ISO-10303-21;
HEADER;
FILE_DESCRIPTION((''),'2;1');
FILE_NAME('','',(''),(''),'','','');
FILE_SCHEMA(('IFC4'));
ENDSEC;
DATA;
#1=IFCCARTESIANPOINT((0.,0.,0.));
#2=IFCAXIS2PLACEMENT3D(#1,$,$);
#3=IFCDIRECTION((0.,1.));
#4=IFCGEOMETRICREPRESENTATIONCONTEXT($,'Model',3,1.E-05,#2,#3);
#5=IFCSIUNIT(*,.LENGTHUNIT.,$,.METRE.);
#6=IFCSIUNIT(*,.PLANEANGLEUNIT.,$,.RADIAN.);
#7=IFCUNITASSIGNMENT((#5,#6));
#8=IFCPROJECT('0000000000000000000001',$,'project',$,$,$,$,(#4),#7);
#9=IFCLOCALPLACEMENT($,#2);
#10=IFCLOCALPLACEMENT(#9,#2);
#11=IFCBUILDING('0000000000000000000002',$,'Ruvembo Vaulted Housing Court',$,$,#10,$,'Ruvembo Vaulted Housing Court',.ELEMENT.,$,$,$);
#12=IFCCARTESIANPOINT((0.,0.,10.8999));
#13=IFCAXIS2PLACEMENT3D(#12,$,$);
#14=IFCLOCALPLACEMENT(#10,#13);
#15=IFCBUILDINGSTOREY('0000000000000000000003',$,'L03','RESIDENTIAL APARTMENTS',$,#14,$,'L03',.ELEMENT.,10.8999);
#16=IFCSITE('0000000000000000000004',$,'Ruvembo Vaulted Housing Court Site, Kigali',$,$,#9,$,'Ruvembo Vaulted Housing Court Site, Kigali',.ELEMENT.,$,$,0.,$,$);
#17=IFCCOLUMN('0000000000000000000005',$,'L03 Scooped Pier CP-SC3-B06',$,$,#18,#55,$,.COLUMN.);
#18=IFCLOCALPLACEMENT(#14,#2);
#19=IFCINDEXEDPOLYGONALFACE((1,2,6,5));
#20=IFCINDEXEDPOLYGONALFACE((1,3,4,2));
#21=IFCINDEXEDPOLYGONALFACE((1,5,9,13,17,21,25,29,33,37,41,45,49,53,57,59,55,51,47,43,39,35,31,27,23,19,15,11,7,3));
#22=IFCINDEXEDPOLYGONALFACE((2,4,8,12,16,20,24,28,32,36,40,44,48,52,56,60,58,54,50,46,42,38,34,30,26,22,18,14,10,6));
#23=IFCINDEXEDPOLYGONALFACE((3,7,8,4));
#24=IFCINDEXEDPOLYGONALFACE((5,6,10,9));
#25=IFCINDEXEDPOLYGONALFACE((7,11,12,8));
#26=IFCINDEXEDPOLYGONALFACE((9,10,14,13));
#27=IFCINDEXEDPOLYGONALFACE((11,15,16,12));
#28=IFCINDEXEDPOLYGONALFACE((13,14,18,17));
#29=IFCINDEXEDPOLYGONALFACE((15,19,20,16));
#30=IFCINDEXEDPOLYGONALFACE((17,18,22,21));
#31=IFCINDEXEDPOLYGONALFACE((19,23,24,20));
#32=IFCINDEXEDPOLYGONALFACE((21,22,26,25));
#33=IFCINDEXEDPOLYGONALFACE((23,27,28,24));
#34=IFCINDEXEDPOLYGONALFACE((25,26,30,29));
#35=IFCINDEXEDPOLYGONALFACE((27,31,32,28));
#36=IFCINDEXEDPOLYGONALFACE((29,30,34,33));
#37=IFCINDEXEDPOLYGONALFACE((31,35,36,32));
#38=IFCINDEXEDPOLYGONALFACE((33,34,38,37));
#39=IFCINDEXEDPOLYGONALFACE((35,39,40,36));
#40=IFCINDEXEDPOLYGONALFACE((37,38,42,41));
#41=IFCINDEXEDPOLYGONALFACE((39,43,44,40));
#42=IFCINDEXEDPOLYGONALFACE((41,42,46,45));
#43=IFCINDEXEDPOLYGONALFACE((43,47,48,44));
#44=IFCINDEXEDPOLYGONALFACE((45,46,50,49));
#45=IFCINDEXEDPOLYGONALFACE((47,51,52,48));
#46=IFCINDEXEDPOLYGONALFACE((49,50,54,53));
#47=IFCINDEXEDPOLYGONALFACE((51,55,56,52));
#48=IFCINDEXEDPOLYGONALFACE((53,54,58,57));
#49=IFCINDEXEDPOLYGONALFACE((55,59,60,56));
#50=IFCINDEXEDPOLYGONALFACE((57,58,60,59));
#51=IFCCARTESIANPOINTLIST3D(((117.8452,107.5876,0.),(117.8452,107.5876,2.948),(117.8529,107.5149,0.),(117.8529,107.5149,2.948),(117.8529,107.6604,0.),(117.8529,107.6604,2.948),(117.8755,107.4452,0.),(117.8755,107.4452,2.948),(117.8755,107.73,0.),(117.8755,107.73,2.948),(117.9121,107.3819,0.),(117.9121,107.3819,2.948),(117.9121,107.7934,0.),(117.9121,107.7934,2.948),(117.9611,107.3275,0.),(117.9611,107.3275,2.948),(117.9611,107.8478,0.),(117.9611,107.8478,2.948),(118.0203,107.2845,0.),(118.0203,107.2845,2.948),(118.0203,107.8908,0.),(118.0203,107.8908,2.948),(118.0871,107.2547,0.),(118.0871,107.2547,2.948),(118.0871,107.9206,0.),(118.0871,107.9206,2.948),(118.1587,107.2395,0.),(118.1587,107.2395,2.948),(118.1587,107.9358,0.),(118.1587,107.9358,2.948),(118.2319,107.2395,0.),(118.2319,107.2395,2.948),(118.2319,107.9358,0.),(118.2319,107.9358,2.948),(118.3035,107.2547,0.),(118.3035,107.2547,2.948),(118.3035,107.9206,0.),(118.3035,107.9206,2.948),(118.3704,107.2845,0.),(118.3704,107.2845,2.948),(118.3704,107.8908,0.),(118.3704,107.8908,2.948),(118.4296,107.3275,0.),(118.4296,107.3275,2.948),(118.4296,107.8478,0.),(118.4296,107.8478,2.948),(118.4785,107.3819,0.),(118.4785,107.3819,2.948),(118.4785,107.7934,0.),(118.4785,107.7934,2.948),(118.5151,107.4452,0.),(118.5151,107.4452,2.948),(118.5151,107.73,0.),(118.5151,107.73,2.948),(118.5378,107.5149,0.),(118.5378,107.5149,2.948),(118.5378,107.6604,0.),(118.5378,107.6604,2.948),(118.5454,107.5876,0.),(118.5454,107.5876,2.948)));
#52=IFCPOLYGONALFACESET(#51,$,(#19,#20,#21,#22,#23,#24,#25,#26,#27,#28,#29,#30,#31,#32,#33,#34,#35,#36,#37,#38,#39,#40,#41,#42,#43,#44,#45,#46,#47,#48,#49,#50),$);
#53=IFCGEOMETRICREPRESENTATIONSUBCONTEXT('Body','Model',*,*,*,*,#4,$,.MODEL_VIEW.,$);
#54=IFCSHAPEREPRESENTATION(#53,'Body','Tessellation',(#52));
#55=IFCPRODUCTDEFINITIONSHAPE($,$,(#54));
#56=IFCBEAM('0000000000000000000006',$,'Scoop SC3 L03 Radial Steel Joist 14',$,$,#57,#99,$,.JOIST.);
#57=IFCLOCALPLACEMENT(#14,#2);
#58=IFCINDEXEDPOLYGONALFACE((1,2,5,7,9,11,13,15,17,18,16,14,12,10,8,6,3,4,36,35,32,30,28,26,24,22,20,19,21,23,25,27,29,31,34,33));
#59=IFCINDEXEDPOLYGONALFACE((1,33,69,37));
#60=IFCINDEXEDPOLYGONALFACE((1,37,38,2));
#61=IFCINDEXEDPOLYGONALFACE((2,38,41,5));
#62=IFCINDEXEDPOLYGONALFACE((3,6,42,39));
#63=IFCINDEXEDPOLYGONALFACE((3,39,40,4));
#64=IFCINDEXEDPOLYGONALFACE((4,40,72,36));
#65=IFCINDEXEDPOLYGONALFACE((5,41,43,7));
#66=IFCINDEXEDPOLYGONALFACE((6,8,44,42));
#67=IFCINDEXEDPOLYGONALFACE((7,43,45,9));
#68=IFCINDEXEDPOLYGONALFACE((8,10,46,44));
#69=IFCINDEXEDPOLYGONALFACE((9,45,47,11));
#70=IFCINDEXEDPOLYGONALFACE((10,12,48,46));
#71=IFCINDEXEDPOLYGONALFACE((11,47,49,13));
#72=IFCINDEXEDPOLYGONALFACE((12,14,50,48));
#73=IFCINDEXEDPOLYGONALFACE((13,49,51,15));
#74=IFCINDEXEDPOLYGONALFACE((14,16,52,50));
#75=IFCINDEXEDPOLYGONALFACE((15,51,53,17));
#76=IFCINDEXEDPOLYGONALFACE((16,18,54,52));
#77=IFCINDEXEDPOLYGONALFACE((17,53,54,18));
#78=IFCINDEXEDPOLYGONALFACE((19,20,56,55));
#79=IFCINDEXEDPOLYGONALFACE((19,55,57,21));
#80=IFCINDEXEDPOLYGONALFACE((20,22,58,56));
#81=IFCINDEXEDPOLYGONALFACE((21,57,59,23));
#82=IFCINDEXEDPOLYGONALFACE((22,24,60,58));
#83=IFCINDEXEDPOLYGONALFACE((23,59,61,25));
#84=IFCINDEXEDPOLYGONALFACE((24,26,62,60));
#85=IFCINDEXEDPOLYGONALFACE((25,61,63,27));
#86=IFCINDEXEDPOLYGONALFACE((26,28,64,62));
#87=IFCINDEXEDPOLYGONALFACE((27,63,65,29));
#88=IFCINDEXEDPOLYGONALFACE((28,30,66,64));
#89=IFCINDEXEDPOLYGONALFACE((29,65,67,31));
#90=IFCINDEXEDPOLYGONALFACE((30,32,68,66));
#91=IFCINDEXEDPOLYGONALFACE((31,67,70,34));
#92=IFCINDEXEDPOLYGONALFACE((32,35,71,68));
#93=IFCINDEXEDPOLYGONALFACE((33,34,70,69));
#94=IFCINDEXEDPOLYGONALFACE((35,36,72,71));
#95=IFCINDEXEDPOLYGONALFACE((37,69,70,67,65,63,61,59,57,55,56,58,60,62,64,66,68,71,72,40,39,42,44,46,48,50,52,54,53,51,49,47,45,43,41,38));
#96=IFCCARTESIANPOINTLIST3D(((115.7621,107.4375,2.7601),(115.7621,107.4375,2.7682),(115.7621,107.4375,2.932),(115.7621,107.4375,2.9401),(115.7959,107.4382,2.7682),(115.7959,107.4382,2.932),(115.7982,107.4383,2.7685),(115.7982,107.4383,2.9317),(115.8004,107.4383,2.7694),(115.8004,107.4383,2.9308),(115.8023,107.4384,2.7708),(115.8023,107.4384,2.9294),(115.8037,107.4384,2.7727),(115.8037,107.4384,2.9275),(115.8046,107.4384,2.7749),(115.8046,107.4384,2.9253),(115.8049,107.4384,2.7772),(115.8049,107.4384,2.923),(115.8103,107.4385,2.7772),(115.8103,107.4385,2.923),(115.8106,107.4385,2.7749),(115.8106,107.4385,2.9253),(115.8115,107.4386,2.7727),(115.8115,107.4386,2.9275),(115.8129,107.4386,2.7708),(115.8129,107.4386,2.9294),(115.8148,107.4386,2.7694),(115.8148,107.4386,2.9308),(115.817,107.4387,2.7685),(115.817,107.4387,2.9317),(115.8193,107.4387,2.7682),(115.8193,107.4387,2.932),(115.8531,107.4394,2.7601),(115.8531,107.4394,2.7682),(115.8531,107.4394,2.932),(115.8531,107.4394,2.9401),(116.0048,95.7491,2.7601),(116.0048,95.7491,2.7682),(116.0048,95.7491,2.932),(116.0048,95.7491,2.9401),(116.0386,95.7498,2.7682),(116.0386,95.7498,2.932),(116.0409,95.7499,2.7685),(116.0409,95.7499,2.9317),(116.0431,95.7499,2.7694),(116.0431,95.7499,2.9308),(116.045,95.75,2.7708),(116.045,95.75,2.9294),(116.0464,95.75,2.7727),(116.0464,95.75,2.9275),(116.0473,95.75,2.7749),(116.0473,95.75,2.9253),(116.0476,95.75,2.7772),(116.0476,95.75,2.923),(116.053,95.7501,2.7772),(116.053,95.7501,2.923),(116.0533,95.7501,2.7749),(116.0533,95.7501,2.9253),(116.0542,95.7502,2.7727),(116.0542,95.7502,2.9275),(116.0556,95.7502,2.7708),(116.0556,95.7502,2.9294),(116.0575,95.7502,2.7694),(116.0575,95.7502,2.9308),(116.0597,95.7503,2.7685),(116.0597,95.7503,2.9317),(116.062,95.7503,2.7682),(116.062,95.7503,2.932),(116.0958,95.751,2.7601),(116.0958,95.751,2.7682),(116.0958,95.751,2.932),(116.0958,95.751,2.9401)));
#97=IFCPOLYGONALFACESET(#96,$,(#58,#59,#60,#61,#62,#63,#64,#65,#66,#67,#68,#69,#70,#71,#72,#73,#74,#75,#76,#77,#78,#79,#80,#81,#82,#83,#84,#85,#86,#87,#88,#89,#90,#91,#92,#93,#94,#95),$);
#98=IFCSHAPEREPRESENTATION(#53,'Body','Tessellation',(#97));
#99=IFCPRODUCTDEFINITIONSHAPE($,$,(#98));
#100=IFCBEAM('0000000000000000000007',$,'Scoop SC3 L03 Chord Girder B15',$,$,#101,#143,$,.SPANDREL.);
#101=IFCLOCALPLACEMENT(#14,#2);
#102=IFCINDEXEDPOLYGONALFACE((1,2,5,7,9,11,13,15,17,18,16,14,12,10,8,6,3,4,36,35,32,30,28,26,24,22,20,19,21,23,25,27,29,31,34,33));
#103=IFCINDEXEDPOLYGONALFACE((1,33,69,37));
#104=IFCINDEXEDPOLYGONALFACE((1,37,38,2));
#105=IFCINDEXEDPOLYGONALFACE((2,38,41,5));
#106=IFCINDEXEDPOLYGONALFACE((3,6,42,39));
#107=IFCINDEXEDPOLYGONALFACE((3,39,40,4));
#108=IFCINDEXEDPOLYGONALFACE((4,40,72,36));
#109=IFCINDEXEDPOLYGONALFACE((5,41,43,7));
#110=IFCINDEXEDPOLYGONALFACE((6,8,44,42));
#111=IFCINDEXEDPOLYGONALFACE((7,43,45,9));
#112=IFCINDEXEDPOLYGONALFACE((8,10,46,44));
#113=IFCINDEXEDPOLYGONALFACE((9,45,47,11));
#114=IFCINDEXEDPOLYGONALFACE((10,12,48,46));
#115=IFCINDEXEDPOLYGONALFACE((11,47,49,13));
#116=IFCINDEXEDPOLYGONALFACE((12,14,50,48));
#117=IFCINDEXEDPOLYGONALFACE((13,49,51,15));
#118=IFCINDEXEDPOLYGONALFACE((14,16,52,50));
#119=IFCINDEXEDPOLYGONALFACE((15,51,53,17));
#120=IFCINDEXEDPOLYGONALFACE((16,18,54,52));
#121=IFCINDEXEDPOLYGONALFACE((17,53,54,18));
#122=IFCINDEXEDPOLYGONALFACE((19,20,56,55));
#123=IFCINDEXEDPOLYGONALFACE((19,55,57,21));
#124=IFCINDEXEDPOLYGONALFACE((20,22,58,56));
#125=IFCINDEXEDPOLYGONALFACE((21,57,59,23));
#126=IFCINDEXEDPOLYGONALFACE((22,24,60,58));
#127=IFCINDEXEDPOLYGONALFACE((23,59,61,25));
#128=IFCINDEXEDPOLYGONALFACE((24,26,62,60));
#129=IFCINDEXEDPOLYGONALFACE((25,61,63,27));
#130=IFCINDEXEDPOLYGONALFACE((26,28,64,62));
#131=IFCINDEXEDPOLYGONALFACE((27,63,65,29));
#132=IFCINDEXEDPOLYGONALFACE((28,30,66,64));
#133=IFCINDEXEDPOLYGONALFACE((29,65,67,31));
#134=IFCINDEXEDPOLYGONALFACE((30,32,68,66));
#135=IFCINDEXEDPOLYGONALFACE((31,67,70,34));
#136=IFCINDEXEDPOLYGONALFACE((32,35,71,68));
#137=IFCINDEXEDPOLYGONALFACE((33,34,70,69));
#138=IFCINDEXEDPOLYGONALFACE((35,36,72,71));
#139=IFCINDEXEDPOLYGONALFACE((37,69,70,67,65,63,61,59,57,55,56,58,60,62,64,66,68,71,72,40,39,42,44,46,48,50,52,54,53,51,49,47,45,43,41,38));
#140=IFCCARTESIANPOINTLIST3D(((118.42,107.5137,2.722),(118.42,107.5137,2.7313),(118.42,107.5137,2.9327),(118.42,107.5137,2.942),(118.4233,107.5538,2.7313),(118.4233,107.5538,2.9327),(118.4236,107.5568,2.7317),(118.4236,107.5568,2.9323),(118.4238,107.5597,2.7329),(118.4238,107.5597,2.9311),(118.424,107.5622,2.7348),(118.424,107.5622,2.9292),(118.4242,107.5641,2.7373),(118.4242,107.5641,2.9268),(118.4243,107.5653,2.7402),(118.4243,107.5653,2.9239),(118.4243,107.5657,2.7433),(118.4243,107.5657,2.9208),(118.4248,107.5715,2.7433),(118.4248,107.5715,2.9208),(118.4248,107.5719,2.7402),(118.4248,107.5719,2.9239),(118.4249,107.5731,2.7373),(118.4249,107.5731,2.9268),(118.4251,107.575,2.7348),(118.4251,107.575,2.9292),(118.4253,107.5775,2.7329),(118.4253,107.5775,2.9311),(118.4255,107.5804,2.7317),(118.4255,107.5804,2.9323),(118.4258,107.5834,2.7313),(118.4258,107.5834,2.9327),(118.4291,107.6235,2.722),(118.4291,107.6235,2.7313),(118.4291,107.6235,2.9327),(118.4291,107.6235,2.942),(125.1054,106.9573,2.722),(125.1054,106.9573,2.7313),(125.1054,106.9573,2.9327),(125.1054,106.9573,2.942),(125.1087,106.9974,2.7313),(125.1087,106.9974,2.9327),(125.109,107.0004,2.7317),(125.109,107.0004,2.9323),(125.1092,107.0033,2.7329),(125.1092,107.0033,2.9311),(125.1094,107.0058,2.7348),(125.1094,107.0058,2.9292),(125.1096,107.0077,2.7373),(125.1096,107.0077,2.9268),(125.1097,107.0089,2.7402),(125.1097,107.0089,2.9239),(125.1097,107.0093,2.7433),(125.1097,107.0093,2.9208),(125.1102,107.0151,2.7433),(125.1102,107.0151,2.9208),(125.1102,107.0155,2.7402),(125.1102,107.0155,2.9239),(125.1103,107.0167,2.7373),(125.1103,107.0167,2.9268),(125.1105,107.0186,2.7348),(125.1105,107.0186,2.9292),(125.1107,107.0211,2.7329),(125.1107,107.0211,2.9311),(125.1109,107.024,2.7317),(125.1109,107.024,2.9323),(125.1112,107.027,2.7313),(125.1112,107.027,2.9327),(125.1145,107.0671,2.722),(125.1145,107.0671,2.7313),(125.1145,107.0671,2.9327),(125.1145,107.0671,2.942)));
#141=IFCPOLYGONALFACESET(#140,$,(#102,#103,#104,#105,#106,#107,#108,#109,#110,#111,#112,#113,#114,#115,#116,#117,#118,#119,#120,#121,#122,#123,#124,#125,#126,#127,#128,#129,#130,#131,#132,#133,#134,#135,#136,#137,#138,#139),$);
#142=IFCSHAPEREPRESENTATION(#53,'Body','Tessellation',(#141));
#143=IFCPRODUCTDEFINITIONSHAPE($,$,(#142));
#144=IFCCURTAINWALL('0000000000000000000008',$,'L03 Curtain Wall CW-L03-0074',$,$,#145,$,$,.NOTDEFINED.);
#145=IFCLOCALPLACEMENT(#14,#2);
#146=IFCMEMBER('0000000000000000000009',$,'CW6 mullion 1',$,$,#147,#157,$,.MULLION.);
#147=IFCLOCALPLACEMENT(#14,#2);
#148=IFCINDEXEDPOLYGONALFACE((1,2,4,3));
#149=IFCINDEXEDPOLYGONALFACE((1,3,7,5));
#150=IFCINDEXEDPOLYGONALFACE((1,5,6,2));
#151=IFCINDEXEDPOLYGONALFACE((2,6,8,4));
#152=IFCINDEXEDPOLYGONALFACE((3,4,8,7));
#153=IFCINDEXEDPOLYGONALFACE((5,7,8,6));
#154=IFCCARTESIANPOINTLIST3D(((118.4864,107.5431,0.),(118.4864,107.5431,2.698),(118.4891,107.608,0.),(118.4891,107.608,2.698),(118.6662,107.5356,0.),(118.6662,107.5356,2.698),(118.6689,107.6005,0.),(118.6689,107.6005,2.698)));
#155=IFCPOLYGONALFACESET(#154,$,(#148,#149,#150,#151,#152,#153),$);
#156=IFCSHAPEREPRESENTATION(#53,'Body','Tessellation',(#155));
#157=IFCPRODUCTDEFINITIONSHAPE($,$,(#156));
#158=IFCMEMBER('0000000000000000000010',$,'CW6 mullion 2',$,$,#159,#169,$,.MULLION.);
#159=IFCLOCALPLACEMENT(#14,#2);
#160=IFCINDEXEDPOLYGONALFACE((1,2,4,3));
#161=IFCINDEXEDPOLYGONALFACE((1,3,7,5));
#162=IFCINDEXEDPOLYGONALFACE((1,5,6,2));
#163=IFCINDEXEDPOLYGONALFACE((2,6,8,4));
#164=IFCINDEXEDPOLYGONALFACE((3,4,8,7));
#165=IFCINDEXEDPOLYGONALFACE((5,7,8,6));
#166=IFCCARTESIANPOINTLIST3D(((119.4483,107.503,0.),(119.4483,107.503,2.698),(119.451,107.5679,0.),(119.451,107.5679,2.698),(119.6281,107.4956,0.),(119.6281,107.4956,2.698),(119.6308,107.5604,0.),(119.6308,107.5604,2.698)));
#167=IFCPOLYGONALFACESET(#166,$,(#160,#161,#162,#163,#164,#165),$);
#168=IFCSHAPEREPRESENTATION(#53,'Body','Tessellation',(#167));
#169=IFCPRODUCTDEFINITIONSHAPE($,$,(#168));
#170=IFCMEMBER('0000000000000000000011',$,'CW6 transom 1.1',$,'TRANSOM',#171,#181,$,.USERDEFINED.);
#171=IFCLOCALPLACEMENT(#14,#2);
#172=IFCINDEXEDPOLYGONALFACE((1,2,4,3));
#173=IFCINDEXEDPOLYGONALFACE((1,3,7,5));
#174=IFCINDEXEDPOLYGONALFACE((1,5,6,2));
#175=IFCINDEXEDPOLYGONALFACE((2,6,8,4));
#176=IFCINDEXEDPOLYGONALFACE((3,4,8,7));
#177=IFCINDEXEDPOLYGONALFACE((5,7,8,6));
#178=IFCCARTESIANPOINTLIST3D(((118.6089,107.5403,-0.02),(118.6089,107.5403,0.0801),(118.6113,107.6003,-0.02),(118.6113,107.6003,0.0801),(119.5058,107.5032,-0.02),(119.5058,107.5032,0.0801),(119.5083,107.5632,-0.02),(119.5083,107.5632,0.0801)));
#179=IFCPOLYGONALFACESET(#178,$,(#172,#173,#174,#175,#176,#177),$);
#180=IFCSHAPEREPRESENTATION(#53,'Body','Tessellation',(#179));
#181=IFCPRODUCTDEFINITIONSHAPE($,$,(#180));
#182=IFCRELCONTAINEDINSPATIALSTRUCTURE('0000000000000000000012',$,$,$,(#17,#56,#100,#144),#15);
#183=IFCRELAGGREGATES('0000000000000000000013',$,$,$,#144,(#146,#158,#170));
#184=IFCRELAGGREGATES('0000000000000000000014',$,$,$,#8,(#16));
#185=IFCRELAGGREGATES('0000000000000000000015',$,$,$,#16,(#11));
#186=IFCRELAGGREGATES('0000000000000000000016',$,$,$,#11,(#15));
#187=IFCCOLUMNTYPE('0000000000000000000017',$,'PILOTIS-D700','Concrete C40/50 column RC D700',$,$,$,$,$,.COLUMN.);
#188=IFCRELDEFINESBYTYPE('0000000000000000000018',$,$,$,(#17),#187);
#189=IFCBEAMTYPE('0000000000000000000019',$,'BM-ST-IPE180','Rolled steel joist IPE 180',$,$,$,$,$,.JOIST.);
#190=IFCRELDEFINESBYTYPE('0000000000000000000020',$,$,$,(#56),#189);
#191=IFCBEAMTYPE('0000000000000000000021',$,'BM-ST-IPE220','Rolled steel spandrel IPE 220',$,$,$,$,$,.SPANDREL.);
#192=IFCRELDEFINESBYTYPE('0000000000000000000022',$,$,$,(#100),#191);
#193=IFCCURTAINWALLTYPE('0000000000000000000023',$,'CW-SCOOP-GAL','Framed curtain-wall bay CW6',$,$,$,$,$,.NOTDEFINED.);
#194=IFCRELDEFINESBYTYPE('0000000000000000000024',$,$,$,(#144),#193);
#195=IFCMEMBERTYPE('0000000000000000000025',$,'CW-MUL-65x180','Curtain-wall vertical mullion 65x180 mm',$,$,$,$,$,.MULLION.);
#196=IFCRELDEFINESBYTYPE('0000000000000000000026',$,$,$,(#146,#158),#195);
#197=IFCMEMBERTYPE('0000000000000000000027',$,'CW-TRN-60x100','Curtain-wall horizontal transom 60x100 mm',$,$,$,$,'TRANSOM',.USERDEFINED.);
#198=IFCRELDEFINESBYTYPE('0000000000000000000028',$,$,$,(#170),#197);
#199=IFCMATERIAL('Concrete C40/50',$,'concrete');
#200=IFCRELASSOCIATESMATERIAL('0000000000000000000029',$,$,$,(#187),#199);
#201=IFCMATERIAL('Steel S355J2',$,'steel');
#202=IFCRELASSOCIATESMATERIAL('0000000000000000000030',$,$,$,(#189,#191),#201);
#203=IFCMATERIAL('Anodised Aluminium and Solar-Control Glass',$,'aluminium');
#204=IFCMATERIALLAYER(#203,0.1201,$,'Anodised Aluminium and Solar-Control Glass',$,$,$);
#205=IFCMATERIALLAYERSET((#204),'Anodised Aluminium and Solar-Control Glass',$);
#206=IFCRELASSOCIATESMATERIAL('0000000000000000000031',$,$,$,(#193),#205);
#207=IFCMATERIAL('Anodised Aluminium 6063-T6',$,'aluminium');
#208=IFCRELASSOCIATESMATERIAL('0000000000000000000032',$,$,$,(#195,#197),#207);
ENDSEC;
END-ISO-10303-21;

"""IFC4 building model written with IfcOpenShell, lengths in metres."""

from ifc_helpers import new_model, si_unit, direction, frame, origin, origin_2d, place, context, subcontext, project, spatial, rectangle, circle, i_section, extrude, material, layer, layer_set, material_profile, profile_set, type_object, element, aggregate, save


model = new_model("IFC4")

# Units and contexts
model_context = context("Model", 3, precision=1e-05, world=origin(), true_north=direction((0.0, 1.0)))
body_context = subcontext(model_context, "Body", "Model", "MODEL_VIEW")
ifc_project = project(units=[si_unit("LENGTHUNIT", "METRE"), si_unit("PLANEANGLEUNIT", "RADIAN")], contexts=[model_context])

# Site, building, storey
site_placement = place(None, origin())
site = spatial("IfcSite", under=ifc_project, at=site_placement, Name="Ruvembo Vaulted Housing Court Site, Kigali", LongName="Ruvembo Vaulted Housing Court Site, Kigali", CompositionType="ELEMENT", RefElevation=0.0)
building_placement = place(site_placement, origin())
building = spatial("IfcBuilding", under=site, at=building_placement, Name="Ruvembo Vaulted Housing Court", LongName="Ruvembo Vaulted Housing Court", CompositionType="ELEMENT")
storey_placement = place(building_placement, frame((0.0, 0.0, 10.8999)))
storey = spatial("IfcBuildingStorey", under=building, at=storey_placement, Name="L03", Description="RESIDENTIAL APARTMENTS", LongName="L03", CompositionType="ELEMENT", Elevation=10.8999)

# Column
ifc_material_1 = material(Name="Concrete C40/50", Category="concrete")
ifc_material_profile_1 = material_profile(ifc_material_1, circle(Radius=0.3501, at=origin_2d()), Name="RC D700")
ifc_profile_set_1 = profile_set([ifc_material_profile_1], Name="Concrete C40/50")
column_type = type_object("IfcColumnType", Name="PILOTIS-D700", Description="Concrete C40/50 column RC D700", PredefinedType="COLUMN", material=ifc_profile_set_1)
column_placement = place(storey_placement, frame((118.1953, 107.5876, 0.0), z_axis=(0.0, 0.0, 1.0), x_axis=(1.0, 0.0, 0.0)))
element("IfcColumn", 1, at=column_placement, inside=storey, type_object=column_type, Name="L03 Scooped Pier CP-SC3-B06", PredefinedType="COLUMN", context=body_context, shape_type="SweptSolid", body=[
    extrude(circle(Radius=0.3501, at=origin_2d()), origin(), (0.0, 0.0, 1.0), 2.948),
])

# Beams
ifc_material_2 = material(Name="Steel S355J2", Category="steel")
ifc_material_profile_2 = material_profile(ifc_material_2, i_section(OverallWidth=0.0911, OverallDepth=0.1799, WebThickness=0.0054, FlangeThickness=0.0081, FilletRadius=0.009, at=origin_2d()), Name="IPE 180")
ifc_profile_set_2 = profile_set([ifc_material_profile_2], Name="Steel S355J2")
beam_type_1 = type_object("IfcBeamType", Name="BM-ST-IPE180", Description="Rolled steel joist IPE 180", PredefinedType="JOIST", material=ifc_profile_set_2)
beam_1_placement = place(storey_placement, frame((115.8076, 107.4385, 2.8501), z_axis=(0.020757, -0.999785, 0.0), x_axis=(0.999785, 0.020757, 0.0)))
element("IfcBeam", 2, at=beam_1_placement, inside=storey, type_object=beam_type_1, Name="Scoop SC3 L03 Radial Steel Joist 14", PredefinedType="JOIST", context=body_context, shape_type="SweptSolid", body=[
    extrude(i_section(OverallWidth=0.0911, OverallDepth=0.1799, WebThickness=0.0054, FlangeThickness=0.0081, FilletRadius=0.009, at=origin_2d()), origin(), (0.0, 0.0, 1.0), 11.6909),
])
ifc_material_profile_3 = material_profile(ifc_material_2, i_section(OverallWidth=0.1101, OverallDepth=0.22, WebThickness=0.0059, FlangeThickness=0.0093, FilletRadius=0.012, at=origin_2d()), Name="IPE 220")
ifc_profile_set_3 = profile_set([ifc_material_profile_3], Name="Steel S355J2")
beam_type_2 = type_object("IfcBeamType", Name="BM-ST-IPE220", Description="Rolled steel spandrel IPE 220", PredefinedType="SPANDREL", material=ifc_profile_set_3)
beam_2_placement = place(storey_placement, frame((118.4246, 107.5686, 2.832), z_axis=(0.996555, -0.08294, 0.0), x_axis=(0.08294, 0.996555, 0.0)))
element("IfcBeam", 3, at=beam_2_placement, inside=storey, type_object=beam_type_2, Name="Scoop SC3 L03 Chord Girder B15", PredefinedType="SPANDREL", context=body_context, shape_type="SweptSolid", body=[
    extrude(i_section(OverallWidth=0.1101, OverallDepth=0.22, WebThickness=0.0059, FlangeThickness=0.0093, FilletRadius=0.012, at=origin_2d()), origin(), (0.0, 0.0, 1.0), 6.7085),
])

# Curtain wall, members
ifc_material_3 = material(Name="Anodised Aluminium and Solar-Control Glass", Category="aluminium")
ifc_layer_1 = layer(ifc_material_3, 0.1201, Name="Anodised Aluminium and Solar-Control Glass")
ifc_layer_set_1 = layer_set([ifc_layer_1], Name="Anodised Aluminium and Solar-Control Glass")
curtain_wall_type = type_object("IfcCurtainWallType", Name="CW-SCOOP-GAL", Description="Framed curtain-wall bay CW6", PredefinedType="NOTDEFINED", material=ifc_layer_set_1)
curtain_wall_placement = place(storey_placement, origin())
curtain_wall = element("IfcCurtainWall", 4, at=curtain_wall_placement, inside=storey, type_object=curtain_wall_type, Name="L03 Curtain Wall CW-L03-0074", PredefinedType="NOTDEFINED")
ifc_material_4 = material(Name="Anodised Aluminium 6063-T6", Category="aluminium")
ifc_material_profile_4 = material_profile(ifc_material_4, rectangle(XDim=0.0649, YDim=0.1799, at=origin_2d()), Name="ALU 65x180")
ifc_profile_set_4 = profile_set([ifc_material_profile_4], Name="Anodised Aluminium 6063-T6")
member_type_1 = type_object("IfcMemberType", Name="CW-MUL-65x180", Description="Curtain-wall vertical mullion 65x180 mm", PredefinedType="MULLION", material=ifc_profile_set_4)
member_1_placement = place(storey_placement, frame((118.5776, 107.5718, 0.0), z_axis=(0.0, 0.0, 1.0), x_axis=(0.041491, 0.999139, 0.0)))
member_1 = element("IfcMember", 5, at=member_1_placement, type_object=member_type_1, Name="CW6 mullion 1", PredefinedType="MULLION", context=body_context, shape_type="SweptSolid", body=[
    extrude(rectangle(XDim=0.0649, YDim=0.1799, at=origin_2d()), origin(), (0.0, 0.0, 1.0), 2.698),
])
member_2_placement = place(storey_placement, frame((119.5396, 107.5317, 0.0), z_axis=(0.0, 0.0, 1.0), x_axis=(0.041491, 0.999139, 0.0)))
member_2 = element("IfcMember", 6, at=member_2_placement, type_object=member_type_1, Name="CW6 mullion 2", PredefinedType="MULLION", context=body_context, shape_type="SweptSolid", body=[
    extrude(rectangle(XDim=0.0649, YDim=0.1799, at=origin_2d()), origin(), (0.0, 0.0, 1.0), 2.698),
])
ifc_material_profile_5 = material_profile(ifc_material_4, rectangle(XDim=0.0601, YDim=0.1001, at=origin_2d()), Name="ALU 60x100")
ifc_profile_set_5 = profile_set([ifc_material_profile_5], Name="Anodised Aluminium 6063-T6")
member_type_2 = type_object("IfcMemberType", Name="CW-TRN-60x100", Description="Curtain-wall horizontal transom 60x100 mm", ElementType="TRANSOM", PredefinedType="USERDEFINED", material=ifc_profile_set_5)
member_3_placement = place(storey_placement, frame((118.6101, 107.5703, 0.03), z_axis=(0.999145, -0.041336, 0.0), x_axis=(0.041336, 0.999145, 0.0)))
member_3 = element("IfcMember", 7, at=member_3_placement, type_object=member_type_2, Name="CW6 transom 1.1", ObjectType="TRANSOM", PredefinedType="USERDEFINED", context=body_context, shape_type="SweptSolid", body=[
    extrude(rectangle(XDim=0.0601, YDim=0.1001, at=origin_2d()), origin(), (0.0, 0.0, 1.0), 0.8977),
])
aggregate(curtain_wall, [member_1, member_2, member_3])

save(model, "model.ifc")
